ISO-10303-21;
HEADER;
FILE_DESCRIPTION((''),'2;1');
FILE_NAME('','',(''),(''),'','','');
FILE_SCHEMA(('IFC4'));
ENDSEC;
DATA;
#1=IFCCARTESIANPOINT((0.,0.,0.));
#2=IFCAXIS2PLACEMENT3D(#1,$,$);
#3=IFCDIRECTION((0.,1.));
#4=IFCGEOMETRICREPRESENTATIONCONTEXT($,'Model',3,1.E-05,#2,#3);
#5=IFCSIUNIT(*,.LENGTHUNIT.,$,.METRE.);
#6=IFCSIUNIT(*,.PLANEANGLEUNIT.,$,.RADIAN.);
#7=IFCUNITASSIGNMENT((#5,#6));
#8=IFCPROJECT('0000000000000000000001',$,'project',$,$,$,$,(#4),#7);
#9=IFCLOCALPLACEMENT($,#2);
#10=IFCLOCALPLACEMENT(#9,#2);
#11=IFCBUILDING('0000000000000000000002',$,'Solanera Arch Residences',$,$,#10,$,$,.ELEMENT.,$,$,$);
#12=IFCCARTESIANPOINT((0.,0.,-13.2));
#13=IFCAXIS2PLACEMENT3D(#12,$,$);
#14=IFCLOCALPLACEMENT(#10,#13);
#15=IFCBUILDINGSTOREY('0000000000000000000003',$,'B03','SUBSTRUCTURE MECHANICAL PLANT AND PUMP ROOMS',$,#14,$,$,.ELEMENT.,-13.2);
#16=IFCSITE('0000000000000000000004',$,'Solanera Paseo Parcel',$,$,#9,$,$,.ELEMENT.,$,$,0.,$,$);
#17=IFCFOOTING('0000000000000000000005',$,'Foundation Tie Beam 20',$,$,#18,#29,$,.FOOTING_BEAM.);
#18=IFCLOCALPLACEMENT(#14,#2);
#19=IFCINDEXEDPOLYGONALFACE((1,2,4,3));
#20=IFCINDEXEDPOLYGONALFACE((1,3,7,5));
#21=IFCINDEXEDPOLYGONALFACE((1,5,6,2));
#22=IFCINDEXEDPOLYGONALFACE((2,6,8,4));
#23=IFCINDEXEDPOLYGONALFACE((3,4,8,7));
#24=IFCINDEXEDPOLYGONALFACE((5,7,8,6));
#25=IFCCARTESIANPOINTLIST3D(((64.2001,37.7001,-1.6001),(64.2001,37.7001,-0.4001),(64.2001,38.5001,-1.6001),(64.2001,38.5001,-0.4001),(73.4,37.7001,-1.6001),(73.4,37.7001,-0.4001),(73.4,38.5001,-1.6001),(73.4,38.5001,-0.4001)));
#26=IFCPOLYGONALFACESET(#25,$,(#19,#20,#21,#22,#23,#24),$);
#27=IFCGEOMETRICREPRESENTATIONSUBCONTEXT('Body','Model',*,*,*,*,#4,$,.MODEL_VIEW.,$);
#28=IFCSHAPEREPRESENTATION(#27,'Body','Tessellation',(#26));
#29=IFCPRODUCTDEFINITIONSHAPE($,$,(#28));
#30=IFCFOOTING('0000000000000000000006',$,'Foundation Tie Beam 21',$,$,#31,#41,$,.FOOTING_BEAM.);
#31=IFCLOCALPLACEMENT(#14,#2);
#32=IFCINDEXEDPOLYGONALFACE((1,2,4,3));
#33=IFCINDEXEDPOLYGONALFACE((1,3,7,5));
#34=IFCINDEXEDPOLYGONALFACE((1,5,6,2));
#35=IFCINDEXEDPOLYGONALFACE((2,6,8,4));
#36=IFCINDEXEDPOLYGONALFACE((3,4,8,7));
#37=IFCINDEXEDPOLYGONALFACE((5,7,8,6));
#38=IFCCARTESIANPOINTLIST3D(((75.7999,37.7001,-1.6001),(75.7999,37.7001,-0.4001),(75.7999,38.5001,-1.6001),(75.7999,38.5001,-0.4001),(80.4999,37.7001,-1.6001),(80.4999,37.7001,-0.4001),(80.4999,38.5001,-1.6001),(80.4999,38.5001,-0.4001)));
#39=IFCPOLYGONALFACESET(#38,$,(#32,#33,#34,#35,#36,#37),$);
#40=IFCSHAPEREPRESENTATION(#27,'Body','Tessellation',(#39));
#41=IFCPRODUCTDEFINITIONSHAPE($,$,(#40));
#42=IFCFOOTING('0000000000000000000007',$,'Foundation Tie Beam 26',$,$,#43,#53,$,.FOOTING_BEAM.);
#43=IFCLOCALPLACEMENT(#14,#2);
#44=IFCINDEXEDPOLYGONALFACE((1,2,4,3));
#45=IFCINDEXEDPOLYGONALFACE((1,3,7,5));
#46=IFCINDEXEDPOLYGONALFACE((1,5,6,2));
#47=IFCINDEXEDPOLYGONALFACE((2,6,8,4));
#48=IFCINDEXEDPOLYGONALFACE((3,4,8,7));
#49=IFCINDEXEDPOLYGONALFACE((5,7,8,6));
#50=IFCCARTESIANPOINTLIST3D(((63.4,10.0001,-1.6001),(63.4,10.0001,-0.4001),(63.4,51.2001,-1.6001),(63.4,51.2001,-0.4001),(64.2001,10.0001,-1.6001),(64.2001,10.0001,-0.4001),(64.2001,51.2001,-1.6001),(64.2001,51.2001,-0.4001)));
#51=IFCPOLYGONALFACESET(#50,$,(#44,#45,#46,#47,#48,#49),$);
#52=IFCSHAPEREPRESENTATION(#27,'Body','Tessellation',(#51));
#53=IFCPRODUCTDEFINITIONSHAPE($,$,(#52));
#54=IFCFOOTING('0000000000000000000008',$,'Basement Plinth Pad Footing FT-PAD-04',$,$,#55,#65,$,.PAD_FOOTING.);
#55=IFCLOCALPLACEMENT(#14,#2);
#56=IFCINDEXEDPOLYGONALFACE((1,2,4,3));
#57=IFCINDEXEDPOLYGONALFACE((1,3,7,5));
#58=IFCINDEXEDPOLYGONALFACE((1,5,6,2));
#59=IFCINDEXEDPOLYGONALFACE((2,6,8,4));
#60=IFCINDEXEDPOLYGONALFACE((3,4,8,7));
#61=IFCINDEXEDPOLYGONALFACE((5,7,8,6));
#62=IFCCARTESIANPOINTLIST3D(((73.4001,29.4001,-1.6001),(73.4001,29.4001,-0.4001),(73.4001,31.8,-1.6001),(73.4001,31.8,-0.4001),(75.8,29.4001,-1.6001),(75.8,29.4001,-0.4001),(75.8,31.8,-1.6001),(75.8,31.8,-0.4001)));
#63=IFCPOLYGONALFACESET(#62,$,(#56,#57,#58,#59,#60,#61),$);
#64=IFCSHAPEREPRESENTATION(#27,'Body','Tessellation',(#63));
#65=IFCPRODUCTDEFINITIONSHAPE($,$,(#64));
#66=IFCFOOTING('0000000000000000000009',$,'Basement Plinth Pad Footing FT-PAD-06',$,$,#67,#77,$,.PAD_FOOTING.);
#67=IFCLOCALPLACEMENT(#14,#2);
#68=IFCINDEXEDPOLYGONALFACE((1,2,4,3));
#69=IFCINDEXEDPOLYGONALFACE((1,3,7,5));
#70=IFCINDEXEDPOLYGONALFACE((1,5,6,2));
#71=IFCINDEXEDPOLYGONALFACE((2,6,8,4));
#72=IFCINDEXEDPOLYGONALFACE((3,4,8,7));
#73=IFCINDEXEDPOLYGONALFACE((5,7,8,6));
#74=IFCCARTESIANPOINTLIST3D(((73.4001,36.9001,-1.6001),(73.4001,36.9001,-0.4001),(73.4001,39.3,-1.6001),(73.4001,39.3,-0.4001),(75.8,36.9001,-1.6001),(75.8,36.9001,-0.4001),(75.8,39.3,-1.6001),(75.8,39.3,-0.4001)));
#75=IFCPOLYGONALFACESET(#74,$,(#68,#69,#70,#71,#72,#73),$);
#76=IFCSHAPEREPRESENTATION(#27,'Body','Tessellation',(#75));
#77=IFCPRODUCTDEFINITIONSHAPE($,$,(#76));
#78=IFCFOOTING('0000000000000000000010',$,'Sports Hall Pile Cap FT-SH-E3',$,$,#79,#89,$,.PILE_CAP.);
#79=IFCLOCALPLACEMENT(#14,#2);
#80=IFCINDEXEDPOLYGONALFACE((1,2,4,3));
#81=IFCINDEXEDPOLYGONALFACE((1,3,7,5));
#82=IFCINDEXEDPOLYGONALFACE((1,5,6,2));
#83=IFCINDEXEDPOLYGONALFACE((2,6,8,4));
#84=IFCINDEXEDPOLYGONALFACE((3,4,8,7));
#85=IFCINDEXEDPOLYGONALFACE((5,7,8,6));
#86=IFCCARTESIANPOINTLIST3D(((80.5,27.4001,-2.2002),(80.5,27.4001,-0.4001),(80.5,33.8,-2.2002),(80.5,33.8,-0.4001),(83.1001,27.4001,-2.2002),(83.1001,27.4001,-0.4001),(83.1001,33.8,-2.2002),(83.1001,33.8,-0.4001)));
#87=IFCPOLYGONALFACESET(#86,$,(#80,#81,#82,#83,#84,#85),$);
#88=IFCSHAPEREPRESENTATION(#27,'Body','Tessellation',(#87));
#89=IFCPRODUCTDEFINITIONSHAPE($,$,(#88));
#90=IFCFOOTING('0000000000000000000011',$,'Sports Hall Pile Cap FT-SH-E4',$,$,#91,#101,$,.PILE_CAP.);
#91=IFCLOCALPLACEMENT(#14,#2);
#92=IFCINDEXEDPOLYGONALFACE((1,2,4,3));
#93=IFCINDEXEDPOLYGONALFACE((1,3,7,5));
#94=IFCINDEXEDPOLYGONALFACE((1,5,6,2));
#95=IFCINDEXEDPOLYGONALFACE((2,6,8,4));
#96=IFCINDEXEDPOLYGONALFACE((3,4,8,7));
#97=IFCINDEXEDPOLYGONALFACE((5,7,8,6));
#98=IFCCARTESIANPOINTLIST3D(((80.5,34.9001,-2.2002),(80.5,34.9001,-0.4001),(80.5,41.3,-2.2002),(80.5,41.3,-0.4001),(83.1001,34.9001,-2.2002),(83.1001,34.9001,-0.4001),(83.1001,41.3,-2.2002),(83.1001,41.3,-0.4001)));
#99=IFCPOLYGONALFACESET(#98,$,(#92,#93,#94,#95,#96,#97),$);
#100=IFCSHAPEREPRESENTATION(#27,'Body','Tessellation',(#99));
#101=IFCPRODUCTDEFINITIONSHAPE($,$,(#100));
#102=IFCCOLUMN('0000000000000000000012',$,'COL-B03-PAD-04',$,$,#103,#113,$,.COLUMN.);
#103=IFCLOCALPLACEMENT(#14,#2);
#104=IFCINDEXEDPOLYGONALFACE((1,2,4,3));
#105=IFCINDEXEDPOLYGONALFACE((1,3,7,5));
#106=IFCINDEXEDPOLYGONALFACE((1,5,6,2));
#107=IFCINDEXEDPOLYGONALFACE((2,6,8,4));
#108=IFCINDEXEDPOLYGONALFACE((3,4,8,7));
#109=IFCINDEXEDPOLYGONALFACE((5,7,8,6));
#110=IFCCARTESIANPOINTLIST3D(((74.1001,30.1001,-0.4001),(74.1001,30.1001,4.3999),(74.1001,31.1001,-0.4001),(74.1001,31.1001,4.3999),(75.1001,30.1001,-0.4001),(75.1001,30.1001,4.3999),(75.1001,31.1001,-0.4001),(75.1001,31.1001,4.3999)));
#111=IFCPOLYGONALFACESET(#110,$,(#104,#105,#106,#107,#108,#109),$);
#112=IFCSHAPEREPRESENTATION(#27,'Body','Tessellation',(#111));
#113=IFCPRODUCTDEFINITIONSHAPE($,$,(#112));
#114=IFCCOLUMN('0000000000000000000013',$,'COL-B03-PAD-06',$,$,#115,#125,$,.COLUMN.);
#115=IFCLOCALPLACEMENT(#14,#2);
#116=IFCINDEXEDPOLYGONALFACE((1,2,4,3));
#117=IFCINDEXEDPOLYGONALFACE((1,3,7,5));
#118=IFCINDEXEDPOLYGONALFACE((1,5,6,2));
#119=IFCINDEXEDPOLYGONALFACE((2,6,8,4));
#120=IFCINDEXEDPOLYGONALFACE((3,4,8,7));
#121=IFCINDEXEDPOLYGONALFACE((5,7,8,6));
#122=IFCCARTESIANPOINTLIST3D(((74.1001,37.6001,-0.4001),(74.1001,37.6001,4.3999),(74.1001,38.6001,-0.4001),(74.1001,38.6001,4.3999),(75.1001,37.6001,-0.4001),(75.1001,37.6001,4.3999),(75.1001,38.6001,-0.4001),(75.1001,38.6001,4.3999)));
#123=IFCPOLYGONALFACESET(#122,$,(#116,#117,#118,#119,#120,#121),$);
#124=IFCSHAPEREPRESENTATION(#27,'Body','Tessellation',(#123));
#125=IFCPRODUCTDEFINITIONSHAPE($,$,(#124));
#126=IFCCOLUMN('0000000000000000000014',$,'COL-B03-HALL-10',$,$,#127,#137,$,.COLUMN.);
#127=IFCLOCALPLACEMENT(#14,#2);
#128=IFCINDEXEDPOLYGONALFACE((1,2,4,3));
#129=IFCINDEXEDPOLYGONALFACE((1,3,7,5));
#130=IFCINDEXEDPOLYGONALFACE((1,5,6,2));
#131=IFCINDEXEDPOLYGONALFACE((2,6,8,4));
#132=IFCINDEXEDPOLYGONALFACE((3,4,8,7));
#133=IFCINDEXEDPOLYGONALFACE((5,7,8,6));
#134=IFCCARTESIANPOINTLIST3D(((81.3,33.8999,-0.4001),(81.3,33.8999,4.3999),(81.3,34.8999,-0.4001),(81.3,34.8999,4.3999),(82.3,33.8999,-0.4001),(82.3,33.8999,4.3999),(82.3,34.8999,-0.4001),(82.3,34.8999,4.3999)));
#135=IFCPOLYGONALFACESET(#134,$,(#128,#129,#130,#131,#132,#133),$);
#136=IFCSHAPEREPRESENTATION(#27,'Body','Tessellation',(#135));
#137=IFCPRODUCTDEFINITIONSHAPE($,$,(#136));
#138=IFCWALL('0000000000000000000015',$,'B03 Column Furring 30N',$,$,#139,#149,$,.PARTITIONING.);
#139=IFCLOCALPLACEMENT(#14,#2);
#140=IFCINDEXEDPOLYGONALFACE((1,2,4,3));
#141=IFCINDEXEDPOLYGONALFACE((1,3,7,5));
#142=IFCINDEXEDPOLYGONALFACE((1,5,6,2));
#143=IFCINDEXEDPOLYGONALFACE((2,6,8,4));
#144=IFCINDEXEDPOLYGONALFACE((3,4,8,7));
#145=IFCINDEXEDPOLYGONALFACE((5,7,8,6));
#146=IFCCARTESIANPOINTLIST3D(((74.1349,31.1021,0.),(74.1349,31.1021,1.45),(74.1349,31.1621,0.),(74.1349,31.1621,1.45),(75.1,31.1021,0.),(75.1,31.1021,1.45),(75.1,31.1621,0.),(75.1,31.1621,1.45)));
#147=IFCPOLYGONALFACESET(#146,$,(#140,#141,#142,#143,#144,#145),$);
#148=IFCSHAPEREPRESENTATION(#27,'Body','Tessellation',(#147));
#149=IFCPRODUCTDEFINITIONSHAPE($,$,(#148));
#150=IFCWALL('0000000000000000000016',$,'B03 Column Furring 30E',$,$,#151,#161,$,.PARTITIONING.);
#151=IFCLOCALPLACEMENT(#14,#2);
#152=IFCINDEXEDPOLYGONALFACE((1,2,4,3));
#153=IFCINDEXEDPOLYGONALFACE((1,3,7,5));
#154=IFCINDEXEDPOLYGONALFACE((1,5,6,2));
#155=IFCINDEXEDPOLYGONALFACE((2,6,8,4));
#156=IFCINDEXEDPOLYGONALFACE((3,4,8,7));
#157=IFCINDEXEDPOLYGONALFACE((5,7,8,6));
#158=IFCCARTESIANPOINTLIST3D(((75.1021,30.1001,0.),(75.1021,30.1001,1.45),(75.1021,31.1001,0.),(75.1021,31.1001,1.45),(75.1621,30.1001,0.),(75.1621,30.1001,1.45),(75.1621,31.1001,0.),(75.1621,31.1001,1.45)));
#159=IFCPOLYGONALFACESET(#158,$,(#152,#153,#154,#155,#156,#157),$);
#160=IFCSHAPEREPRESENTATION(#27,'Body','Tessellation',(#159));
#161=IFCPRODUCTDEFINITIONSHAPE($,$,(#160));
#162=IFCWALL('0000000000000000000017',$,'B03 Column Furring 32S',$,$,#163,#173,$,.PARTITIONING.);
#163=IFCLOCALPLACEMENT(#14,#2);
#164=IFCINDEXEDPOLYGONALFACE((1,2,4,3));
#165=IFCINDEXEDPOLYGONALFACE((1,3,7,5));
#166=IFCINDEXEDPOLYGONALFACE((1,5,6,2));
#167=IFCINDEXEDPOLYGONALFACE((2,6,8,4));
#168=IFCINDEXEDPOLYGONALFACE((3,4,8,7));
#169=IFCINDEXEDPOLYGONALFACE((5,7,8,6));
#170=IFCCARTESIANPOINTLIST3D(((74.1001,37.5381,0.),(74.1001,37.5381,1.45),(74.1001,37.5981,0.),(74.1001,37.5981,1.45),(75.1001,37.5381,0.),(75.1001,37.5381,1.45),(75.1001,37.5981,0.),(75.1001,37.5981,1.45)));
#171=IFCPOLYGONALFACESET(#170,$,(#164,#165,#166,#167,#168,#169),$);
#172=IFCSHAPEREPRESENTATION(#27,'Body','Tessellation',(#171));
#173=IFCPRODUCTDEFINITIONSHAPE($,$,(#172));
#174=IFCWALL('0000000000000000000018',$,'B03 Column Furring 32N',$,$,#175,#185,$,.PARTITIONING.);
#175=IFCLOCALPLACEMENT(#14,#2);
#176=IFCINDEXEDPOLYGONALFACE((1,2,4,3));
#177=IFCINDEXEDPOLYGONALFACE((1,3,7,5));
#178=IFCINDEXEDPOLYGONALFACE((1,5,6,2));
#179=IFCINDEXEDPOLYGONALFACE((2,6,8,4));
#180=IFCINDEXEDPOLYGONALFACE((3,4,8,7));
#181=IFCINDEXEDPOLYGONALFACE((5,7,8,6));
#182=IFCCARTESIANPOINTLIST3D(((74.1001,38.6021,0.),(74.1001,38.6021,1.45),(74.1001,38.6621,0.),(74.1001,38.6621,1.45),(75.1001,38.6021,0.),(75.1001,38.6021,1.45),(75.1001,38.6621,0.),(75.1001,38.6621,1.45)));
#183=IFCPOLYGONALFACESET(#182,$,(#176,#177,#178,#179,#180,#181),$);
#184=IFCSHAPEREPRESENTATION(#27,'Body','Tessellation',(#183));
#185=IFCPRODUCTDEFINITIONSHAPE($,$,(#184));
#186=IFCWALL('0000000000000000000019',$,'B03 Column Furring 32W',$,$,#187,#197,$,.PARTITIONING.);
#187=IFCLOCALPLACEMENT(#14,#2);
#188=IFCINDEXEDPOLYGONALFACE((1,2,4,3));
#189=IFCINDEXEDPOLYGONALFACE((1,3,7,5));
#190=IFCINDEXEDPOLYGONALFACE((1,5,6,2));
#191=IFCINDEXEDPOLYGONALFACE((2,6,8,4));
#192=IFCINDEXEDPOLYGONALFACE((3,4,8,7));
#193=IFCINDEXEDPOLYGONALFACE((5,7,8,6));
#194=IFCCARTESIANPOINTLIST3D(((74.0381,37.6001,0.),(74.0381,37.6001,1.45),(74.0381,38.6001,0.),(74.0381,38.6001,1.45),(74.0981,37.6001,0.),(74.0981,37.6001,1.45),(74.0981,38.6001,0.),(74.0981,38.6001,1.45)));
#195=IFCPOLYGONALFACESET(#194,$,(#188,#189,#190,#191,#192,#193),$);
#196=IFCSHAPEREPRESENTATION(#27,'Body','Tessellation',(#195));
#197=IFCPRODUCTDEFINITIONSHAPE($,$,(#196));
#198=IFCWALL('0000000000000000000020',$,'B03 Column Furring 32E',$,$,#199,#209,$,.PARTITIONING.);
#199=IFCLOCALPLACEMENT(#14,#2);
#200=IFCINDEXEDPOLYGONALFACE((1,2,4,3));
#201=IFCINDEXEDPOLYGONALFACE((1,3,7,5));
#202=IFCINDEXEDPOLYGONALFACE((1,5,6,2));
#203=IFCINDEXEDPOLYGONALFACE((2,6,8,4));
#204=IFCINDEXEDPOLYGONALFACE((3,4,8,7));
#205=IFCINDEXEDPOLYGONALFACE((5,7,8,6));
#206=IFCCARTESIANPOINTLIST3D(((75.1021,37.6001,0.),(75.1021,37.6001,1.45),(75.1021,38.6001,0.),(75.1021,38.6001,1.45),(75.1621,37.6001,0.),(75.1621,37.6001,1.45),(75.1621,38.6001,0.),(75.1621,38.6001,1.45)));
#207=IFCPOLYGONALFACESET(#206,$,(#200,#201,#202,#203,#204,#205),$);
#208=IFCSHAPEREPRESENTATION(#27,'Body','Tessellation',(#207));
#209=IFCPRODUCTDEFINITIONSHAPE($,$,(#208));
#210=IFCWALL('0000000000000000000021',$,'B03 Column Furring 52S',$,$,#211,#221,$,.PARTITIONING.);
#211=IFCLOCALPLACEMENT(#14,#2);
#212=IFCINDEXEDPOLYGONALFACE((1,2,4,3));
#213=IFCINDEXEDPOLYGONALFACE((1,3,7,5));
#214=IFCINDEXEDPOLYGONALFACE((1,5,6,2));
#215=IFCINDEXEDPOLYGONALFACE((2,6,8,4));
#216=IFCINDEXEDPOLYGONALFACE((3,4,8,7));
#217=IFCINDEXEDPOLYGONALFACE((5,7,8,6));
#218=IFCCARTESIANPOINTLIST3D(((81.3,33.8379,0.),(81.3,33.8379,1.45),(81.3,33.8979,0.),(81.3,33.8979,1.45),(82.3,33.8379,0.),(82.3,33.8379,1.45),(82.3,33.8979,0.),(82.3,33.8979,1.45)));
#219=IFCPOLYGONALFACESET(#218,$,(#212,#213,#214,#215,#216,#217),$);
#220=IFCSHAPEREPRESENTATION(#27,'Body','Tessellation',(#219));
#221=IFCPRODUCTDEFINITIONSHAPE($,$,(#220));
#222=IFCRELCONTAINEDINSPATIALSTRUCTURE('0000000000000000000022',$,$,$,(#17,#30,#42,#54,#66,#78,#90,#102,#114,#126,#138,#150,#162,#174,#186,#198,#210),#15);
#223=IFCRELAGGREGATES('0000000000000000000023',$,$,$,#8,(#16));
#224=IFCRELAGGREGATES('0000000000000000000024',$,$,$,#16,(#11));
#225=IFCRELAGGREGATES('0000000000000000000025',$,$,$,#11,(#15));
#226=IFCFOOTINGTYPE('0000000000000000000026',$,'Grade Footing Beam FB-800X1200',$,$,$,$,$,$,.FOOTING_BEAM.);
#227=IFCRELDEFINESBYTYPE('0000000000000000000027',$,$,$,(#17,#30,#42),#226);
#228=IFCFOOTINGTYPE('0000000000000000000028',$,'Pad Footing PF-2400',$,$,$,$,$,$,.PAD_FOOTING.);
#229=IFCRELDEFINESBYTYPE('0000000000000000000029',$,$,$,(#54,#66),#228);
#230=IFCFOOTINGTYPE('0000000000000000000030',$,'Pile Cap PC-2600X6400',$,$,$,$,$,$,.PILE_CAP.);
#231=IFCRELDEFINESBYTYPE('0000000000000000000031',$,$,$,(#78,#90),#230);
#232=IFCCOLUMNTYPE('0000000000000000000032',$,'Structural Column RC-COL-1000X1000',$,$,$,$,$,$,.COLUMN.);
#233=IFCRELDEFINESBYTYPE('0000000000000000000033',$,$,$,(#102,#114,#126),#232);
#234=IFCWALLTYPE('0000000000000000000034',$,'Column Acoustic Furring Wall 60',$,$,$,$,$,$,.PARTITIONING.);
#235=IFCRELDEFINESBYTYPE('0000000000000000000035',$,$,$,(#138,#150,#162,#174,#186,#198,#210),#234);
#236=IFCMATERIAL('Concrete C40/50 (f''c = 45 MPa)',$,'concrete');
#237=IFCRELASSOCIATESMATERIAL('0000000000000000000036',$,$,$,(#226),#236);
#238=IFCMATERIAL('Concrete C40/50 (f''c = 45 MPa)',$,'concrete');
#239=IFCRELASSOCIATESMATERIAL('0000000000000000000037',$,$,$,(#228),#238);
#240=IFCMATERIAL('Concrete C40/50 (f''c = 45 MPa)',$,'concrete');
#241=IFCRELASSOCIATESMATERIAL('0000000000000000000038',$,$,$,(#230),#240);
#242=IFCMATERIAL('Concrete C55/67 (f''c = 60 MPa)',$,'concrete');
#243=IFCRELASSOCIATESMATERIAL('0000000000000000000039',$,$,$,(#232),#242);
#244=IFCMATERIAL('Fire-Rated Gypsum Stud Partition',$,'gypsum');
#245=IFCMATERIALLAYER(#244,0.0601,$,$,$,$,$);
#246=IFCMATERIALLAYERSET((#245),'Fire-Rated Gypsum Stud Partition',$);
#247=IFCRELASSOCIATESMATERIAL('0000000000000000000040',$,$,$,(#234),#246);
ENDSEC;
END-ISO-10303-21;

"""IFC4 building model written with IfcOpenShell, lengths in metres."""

from ifc_helpers import new_model, si_unit, direction, frame, frame_2d, origin, origin_2d, place, context, subcontext, project, spatial, rectangle, extrude, material, layer, layer_set, material_profile, profile_set, type_object, element, save


model = new_model("IFC4")

# Units and contexts
model_context = context("Model", 3, precision=1e-05, world=origin(), true_north=direction((0.0, 1.0)))
body_context = subcontext(model_context, "Body", "Model", "MODEL_VIEW")
ifc_project = project(units=[si_unit("LENGTHUNIT", "METRE"), si_unit("PLANEANGLEUNIT", "RADIAN")], contexts=[model_context])

# Site, building, storey
site_placement = place(None, origin())
site = spatial("IfcSite", under=ifc_project, at=site_placement, Name="Solanera Paseo Parcel", CompositionType="ELEMENT", RefElevation=0.0)
building_placement = place(site_placement, origin())
building = spatial("IfcBuilding", under=site, at=building_placement, Name="Solanera Arch Residences", CompositionType="ELEMENT")
storey_placement = place(building_placement, frame((0.0, 0.0, -13.2)))
storey = spatial("IfcBuildingStorey", under=building, at=storey_placement, Name="B03", Description="SUBSTRUCTURE MECHANICAL PLANT AND PUMP ROOMS", CompositionType="ELEMENT", Elevation=-13.2)

# Footings
ifc_material_1 = material(Name="Concrete C40/50 (f'c = 45 MPa)", Category="concrete")
footing_type_1 = type_object("IfcFootingType", Name="Grade Footing Beam FB-800X1200", PredefinedType="FOOTING_BEAM", material=ifc_material_1)
footing_1_placement = place(storey_placement, frame((68.8, 38.1001, -1.6001), z_axis=(0.0, 0.0, 1.0), x_axis=(1.0, 0.0, 0.0)))
element("IfcFooting", 1, at=footing_1_placement, inside=storey, type_object=footing_type_1, Name="Foundation Tie Beam 20", PredefinedType="FOOTING_BEAM", context=body_context, shape_type="SweptSolid", body=[
    extrude(rectangle(XDim=9.2, YDim=0.8, at=origin_2d()), origin(), (0.0, 0.0, 1.0), 1.2),
])
footing_2_placement = place(storey_placement, frame((78.1499, 38.1001, -1.6001), z_axis=(0.0, 0.0, 1.0), x_axis=(1.0, 0.0, 0.0)))
element("IfcFooting", 2, at=footing_2_placement, inside=storey, type_object=footing_type_1, Name="Foundation Tie Beam 21", PredefinedType="FOOTING_BEAM", context=body_context, shape_type="SweptSolid", body=[
    extrude(rectangle(XDim=4.7, YDim=0.8, at=origin_2d()), origin(), (0.0, 0.0, 1.0), 1.2),
])
footing_3_placement = place(storey_placement, frame((63.8, 30.6001, -1.6001), z_axis=(0.0, 0.0, 1.0), x_axis=(1.0, 0.0, 0.0)))
element("IfcFooting", 3, at=footing_3_placement, inside=storey, type_object=footing_type_1, Name="Foundation Tie Beam 26", PredefinedType="FOOTING_BEAM", context=body_context, shape_type="SweptSolid", body=[
    extrude(rectangle(XDim=0.8, YDim=41.2, at=origin_2d()), origin(), (0.0, 0.0, 1.0), 1.2),
])
ifc_material_2 = material(Name="Concrete C40/50 (f'c = 45 MPa)", Category="concrete")
footing_type_2 = type_object("IfcFootingType", Name="Pad Footing PF-2400", PredefinedType="PAD_FOOTING", material=ifc_material_2)
for number, where, z_axis, x_axis, name in (
    (4, (74.6001, 30.6001, -1.6001), (0.0, 0.0, 1.0), (1.0, 0.0, 0.0), "Basement Plinth Pad Footing FT-PAD-04"),
    (5, (74.6001, 38.1001, -1.6001), (0.0, 0.0, 1.0), (1.0, 0.0, 0.0), "Basement Plinth Pad Footing FT-PAD-06"),
):
    element("IfcFooting", number, at=place(storey_placement, frame(where, z_axis=z_axis, x_axis=x_axis)), inside=storey, type_object=footing_type_2, Name=name, PredefinedType="PAD_FOOTING", context=body_context, shape_type="SweptSolid", body=[
        extrude(rectangle(XDim=2.3999, YDim=2.3999, at=origin_2d()), origin(), (0.0, 0.0, 1.0), 1.2),
    ])
ifc_material_3 = material(Name="Concrete C40/50 (f'c = 45 MPa)", Category="concrete")
footing_type_3 = type_object("IfcFootingType", Name="Pile Cap PC-2600X6400", PredefinedType="PILE_CAP", material=ifc_material_3)
for number, where, z_axis, x_axis, name in (
    (6, (81.8, 30.6001, -2.2002), (0.0, 0.0, 1.0), (1.0, 0.0, 0.0), "Sports Hall Pile Cap FT-SH-E3"),
    (7, (81.8, 38.1001, -2.2002), (0.0, 0.0, 1.0), (1.0, 0.0, 0.0), "Sports Hall Pile Cap FT-SH-E4"),
):
    element("IfcFooting", number, at=place(storey_placement, frame(where, z_axis=z_axis, x_axis=x_axis)), inside=storey, type_object=footing_type_3, Name=name, PredefinedType="PILE_CAP", context=body_context, shape_type="SweptSolid", body=[
        extrude(rectangle(XDim=2.6001, YDim=6.3999, at=origin_2d()), origin(), (0.0, 0.0, 1.0), 1.8),
    ])

# Columns
ifc_material_4 = material(Name="Concrete C55/67 (f'c = 60 MPa)", Category="concrete")
ifc_material_profile_1 = material_profile(ifc_material_4, rectangle(XDim=1.0, YDim=1.0, at=origin_2d()))
ifc_profile_set_1 = profile_set([ifc_material_profile_1], Name="Concrete C55/67 (f'c = 60 MPa)")
column_type = type_object("IfcColumnType", Name="Structural Column RC-COL-1000X1000", PredefinedType="COLUMN", material=ifc_profile_set_1)
for number, where, z_axis, x_axis, name in (
    (8, (74.6001, 30.6001, -0.4001), (0.0, 0.0, 1.0), (1.0, 0.0, 0.0), "COL-B03-PAD-04"),
    (9, (74.6001, 38.1001, -0.4001), (0.0, 0.0, 1.0), (1.0, 0.0, 0.0), "COL-B03-PAD-06"),
    (10, (81.8, 34.3999, -0.4001), (0.0, 0.0, 1.0), (1.0, 0.0, 0.0), "COL-B03-HALL-10"),
):
    element("IfcColumn", number, at=place(storey_placement, frame(where, z_axis=z_axis, x_axis=x_axis)), inside=storey, type_object=column_type, Name=name, PredefinedType="COLUMN", context=body_context, shape_type="SweptSolid", body=[
        extrude(rectangle(XDim=1.0, YDim=1.0, at=origin_2d()), origin(), (0.0, 0.0, 1.0), 4.8),
    ])

# Walls
ifc_material_5 = material(Name="Fire-Rated Gypsum Stud Partition", Category="gypsum")
ifc_layer_1 = layer(ifc_material_5, 0.0601)
ifc_layer_set_1 = layer_set([ifc_layer_1], Name="Fire-Rated Gypsum Stud Partition")
wall_type_1 = type_object("IfcWallType", Name="Column Acoustic Furring Wall 60", PredefinedType="PARTITIONING", material=ifc_layer_set_1)
wall_1_placement = place(storey_placement, frame((74.135, 31.1321, 0.0), z_axis=(0.0, 0.0, 1.0), x_axis=(1.0, 0.0, 0.0)))
element("IfcWall", 11, at=wall_1_placement, inside=storey, type_object=wall_type_1, Name="B03 Column Furring 30N", PredefinedType="PARTITIONING", context=body_context, shape_type="SweptSolid", body=[
    extrude(rectangle(XDim=0.9651, YDim=0.0601, at=frame_2d((0.4824, 0.0))), origin(), (0.0, 0.0, 1.0), 1.45),
])
for number, where, z_axis, x_axis, name in (
    (12, (75.1321, 30.1001, 0.0), (0.0, 0.0, 1.0), (0.0, 1.0, 0.0), "B03 Column Furring 30E"),
    (13, (74.1001, 37.5681, 0.0), (0.0, 0.0, 1.0), (1.0, 0.0, 0.0), "B03 Column Furring 32S"),
    (14, (74.1001, 38.6321, 0.0), (0.0, 0.0, 1.0), (1.0, 0.0, 0.0), "B03 Column Furring 32N"),
    (15, (74.0681, 37.6001, 0.0), (0.0, 0.0, 1.0), (0.0, 1.0, 0.0), "B03 Column Furring 32W"),
    (16, (75.1321, 37.6001, 0.0), (0.0, 0.0, 1.0), (0.0, 1.0, 0.0), "B03 Column Furring 32E"),
    (17, (81.3, 33.8679, 0.0), (0.0, 0.0, 1.0), (1.0, 0.0, 0.0), "B03 Column Furring 52S"),
):
    element("IfcWall", number, at=place(storey_placement, frame(where, z_axis=z_axis, x_axis=x_axis)), inside=storey, type_object=wall_type_1, Name=name, PredefinedType="PARTITIONING", context=body_context, shape_type="SweptSolid", body=[
        extrude(rectangle(XDim=1.0, YDim=0.0601, at=frame_2d((0.5, 0.0))), origin(), (0.0, 0.0, 1.0), 1.45),
    ])

save(model, "model.ifc")
